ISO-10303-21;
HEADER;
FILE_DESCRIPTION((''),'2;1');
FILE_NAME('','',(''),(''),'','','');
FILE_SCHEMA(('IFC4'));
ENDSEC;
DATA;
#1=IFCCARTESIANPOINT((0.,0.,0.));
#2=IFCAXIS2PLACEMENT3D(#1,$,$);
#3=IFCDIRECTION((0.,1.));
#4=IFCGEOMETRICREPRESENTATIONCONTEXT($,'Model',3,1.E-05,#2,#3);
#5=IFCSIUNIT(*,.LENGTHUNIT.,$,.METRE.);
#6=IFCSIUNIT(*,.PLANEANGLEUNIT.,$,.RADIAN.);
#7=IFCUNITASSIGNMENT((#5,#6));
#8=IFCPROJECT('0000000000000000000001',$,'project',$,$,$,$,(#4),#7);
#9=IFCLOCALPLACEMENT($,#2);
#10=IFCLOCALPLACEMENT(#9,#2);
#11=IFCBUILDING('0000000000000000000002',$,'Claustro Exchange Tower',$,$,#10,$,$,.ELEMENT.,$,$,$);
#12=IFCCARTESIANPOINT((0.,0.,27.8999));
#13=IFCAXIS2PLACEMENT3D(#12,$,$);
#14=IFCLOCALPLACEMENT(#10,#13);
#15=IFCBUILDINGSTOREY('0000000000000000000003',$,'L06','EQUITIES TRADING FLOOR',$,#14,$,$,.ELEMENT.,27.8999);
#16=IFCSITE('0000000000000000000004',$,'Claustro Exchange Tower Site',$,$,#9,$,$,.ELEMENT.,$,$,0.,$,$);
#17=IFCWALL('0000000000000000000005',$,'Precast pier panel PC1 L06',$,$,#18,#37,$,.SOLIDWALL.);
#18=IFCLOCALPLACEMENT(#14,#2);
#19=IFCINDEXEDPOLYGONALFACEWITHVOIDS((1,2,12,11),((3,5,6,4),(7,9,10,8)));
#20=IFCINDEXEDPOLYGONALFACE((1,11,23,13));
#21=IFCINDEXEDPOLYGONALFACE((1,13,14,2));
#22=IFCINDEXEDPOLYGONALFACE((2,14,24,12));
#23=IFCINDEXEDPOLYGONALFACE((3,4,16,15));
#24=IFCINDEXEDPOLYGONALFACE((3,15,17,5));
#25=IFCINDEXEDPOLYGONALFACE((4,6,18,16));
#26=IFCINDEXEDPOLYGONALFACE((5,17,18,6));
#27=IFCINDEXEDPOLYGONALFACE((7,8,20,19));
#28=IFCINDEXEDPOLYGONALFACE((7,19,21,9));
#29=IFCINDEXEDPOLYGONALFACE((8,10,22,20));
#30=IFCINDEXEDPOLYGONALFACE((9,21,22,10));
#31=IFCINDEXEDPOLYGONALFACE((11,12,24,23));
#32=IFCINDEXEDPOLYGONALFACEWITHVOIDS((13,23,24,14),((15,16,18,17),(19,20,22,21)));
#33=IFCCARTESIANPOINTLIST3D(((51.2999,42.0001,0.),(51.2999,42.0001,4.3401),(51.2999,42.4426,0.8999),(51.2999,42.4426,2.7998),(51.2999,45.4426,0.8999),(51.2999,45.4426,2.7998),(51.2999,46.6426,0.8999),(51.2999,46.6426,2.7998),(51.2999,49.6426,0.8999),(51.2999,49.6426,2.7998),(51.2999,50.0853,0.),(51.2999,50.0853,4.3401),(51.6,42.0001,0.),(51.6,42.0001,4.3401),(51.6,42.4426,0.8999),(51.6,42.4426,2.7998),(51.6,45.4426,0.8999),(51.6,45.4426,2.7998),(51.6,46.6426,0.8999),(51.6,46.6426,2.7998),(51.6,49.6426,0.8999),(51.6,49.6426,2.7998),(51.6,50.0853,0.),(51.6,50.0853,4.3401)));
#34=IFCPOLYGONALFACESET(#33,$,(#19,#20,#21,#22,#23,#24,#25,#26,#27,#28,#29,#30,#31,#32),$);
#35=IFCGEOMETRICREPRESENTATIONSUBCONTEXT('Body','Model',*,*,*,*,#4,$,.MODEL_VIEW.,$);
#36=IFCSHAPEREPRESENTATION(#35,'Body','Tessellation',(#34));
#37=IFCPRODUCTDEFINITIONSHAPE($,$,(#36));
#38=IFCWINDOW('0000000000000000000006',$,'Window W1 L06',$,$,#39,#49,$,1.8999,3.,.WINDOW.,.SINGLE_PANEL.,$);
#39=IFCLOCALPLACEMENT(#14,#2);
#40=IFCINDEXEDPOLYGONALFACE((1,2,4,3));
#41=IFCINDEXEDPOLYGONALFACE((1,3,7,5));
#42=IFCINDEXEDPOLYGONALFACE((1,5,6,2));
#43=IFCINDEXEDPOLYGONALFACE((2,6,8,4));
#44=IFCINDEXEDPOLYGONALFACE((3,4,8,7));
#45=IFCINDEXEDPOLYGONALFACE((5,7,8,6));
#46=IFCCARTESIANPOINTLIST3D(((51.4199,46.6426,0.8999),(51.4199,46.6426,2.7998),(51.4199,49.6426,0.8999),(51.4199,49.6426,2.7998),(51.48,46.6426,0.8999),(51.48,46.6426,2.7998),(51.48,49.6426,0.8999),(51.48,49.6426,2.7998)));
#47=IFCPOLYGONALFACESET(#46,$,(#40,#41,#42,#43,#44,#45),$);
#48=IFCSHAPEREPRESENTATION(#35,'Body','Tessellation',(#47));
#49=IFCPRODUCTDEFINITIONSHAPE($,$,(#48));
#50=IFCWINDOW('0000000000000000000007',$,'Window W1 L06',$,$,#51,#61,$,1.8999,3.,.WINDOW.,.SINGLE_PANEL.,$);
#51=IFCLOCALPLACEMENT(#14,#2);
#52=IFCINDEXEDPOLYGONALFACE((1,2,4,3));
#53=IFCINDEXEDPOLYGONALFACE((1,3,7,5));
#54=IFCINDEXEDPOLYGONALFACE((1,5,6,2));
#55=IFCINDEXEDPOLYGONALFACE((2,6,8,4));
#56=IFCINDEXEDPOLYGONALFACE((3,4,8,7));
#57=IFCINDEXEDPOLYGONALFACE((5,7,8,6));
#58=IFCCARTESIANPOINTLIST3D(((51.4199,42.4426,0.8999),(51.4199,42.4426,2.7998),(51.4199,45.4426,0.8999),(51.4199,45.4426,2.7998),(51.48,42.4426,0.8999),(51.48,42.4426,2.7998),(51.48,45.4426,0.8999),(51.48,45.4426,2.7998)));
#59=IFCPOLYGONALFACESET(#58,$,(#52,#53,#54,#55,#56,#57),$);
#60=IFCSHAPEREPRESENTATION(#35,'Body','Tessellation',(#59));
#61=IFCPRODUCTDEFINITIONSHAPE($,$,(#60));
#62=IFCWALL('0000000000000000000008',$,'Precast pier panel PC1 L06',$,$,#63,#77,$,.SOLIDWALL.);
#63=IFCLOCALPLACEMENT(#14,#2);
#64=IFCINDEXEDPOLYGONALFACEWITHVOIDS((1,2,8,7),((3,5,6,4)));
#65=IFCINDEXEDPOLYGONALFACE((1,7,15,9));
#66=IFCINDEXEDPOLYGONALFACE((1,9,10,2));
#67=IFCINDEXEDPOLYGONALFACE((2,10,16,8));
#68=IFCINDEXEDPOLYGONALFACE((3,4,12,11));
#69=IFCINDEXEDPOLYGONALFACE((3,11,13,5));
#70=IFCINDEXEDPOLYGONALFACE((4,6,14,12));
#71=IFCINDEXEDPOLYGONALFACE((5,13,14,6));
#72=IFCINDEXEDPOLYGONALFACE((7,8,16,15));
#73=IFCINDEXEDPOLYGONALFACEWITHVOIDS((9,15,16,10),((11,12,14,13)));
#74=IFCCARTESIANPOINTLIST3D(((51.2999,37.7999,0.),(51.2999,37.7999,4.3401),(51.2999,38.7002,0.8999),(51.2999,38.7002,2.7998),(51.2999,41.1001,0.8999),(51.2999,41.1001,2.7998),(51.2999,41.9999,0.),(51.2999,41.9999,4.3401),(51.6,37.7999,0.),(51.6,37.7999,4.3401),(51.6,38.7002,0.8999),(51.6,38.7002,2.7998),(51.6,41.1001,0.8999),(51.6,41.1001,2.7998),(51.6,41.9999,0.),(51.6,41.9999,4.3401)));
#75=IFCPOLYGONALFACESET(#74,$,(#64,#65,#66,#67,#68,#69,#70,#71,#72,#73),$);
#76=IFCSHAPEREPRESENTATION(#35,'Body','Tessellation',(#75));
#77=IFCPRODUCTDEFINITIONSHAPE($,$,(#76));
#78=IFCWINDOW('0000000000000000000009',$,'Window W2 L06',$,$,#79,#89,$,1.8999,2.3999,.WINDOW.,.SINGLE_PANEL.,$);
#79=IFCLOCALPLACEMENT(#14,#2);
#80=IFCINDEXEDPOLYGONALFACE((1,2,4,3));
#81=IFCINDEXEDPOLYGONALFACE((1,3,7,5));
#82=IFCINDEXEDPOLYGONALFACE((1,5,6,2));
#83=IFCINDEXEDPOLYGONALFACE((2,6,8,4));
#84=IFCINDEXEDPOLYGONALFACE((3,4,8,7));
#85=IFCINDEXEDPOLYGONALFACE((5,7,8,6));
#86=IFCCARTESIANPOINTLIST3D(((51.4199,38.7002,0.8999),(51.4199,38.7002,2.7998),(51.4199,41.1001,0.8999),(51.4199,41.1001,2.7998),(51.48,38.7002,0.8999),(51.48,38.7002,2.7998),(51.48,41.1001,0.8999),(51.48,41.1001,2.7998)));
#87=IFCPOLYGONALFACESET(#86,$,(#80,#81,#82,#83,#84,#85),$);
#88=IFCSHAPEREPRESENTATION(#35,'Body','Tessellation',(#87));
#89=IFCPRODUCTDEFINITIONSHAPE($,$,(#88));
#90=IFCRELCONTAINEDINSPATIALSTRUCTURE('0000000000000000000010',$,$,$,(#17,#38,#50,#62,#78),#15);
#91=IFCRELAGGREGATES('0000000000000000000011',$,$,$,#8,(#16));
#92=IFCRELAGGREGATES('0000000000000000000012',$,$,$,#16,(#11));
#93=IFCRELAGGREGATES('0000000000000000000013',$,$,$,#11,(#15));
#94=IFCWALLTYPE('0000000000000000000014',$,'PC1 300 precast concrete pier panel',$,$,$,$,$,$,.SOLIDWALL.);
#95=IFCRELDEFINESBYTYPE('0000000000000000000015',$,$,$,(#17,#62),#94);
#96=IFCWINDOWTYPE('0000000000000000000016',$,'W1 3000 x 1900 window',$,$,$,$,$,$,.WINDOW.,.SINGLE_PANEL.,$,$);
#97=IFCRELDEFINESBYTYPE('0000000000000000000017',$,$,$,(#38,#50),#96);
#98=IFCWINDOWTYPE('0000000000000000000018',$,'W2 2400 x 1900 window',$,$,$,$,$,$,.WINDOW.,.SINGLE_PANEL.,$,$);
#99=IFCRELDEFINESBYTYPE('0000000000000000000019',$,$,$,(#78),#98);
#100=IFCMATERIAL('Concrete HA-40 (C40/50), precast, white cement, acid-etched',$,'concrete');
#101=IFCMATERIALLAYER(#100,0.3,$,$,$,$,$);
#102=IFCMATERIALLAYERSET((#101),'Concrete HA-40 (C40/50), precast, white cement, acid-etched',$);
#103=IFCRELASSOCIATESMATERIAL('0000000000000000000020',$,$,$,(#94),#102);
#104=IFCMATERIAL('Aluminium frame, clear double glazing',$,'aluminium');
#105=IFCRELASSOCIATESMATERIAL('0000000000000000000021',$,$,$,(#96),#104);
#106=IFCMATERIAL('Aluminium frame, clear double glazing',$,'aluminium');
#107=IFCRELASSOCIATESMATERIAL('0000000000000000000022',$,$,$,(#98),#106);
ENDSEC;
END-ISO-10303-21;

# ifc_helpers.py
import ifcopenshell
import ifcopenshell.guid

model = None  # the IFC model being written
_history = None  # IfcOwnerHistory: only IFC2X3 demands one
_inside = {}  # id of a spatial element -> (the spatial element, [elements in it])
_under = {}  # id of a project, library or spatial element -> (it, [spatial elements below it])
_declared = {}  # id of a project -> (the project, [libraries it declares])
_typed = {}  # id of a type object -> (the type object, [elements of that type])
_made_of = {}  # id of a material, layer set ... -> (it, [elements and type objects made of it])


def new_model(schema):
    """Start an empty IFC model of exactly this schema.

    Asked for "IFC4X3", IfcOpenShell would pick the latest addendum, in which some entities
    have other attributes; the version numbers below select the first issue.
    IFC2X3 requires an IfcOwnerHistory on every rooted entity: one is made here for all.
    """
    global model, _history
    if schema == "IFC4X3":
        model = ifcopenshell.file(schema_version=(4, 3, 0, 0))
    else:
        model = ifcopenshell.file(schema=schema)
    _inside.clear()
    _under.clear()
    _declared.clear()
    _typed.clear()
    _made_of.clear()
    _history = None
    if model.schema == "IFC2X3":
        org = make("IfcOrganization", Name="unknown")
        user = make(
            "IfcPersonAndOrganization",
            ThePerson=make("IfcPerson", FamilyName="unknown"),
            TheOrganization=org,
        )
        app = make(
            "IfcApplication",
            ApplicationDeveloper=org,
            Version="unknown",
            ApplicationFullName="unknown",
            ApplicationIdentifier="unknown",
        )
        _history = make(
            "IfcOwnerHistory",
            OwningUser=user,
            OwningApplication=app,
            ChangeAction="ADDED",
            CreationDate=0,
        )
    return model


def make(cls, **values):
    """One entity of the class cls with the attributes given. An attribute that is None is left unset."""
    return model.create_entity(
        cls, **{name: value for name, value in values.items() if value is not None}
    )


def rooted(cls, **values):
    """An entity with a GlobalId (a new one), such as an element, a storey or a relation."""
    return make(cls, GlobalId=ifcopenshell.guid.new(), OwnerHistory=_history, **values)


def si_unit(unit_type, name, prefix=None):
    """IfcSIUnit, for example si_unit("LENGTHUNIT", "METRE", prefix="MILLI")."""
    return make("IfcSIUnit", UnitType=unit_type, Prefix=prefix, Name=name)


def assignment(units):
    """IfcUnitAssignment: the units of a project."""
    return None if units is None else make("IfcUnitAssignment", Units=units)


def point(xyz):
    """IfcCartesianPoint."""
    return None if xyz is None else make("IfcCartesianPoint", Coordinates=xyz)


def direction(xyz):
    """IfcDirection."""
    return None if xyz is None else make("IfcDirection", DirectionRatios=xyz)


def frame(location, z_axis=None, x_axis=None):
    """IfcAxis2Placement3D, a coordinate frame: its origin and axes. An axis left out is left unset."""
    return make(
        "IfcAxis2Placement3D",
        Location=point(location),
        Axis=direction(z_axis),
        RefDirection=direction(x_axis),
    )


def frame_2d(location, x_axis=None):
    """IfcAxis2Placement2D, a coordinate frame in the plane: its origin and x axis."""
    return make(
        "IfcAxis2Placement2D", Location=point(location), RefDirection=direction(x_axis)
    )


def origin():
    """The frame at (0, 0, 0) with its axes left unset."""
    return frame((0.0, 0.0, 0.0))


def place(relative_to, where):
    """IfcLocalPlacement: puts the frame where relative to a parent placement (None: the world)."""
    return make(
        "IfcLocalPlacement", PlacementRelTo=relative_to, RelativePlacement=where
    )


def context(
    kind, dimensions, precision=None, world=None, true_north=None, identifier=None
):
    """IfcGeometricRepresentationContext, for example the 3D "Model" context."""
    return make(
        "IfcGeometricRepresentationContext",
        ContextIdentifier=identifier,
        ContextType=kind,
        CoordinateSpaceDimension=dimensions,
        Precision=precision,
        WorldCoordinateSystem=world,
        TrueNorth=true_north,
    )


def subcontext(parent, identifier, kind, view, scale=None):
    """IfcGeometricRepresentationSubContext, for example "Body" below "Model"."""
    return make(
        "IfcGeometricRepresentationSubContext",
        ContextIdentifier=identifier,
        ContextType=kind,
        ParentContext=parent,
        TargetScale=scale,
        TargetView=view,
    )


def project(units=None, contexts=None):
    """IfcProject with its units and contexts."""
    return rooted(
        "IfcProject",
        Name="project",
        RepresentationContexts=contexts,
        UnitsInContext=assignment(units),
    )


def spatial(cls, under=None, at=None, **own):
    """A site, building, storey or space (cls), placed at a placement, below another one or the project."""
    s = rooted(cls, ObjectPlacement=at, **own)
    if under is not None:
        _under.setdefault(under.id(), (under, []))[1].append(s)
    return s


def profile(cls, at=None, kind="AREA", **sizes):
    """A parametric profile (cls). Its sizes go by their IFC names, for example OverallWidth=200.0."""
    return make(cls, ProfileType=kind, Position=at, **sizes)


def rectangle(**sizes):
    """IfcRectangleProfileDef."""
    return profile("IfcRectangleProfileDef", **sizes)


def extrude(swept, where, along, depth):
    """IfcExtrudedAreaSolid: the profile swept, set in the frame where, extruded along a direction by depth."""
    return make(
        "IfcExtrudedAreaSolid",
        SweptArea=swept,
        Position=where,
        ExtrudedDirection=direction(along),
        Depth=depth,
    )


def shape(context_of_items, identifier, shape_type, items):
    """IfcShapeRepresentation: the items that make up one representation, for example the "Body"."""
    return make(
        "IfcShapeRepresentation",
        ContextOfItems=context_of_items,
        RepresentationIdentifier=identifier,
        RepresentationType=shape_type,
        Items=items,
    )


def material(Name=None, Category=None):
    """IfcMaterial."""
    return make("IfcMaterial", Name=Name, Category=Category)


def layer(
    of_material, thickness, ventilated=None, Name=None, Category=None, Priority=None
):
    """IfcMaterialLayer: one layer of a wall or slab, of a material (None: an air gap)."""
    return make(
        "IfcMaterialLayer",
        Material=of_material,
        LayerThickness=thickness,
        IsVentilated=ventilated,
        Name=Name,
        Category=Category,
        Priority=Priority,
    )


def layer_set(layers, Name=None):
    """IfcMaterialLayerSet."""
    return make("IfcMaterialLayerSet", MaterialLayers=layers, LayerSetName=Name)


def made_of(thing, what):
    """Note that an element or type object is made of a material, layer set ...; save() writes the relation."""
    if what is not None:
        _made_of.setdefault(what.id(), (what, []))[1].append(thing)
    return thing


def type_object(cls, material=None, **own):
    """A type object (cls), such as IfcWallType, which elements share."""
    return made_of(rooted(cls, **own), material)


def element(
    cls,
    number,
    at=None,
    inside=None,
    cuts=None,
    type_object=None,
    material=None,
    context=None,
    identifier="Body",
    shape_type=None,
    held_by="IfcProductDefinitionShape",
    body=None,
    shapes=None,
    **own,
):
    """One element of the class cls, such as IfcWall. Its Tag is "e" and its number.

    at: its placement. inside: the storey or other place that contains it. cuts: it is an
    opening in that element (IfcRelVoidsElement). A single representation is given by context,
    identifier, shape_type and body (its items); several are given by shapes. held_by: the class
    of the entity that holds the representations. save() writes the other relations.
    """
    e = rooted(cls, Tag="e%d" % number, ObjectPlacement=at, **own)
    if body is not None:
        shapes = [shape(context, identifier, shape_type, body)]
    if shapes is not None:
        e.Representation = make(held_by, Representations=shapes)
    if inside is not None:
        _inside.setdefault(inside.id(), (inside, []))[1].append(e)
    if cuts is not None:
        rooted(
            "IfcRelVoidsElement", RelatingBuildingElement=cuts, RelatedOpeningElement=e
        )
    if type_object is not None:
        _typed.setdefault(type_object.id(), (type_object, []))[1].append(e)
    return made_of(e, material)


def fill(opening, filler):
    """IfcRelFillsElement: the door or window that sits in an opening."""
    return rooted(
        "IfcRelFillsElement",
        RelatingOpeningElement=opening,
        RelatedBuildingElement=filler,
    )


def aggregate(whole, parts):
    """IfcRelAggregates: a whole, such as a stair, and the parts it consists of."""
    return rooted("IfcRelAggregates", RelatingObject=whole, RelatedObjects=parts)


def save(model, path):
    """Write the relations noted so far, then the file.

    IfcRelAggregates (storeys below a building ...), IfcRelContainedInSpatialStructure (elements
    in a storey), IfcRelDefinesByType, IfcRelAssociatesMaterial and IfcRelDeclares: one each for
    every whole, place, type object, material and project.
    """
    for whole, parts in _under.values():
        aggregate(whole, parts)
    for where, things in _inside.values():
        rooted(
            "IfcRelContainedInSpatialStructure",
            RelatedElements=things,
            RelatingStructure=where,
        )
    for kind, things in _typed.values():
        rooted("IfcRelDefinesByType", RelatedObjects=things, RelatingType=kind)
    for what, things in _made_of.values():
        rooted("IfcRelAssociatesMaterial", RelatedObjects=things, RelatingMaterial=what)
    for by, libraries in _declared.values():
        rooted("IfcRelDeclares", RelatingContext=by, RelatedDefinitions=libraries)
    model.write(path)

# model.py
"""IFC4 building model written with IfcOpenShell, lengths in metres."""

from ifc_helpers import new_model, si_unit, direction, frame, frame_2d, origin, place, context, subcontext, project, spatial, rectangle, extrude, material, layer, layer_set, type_object, element, fill, save


model = new_model("IFC4")

# Units and contexts
model_context = context("Model", 3, precision=1e-05, world=origin(), true_north=direction((0.0, 1.0)))
body_context = subcontext(model_context, "Body", "Model", "MODEL_VIEW")
ifc_project = project(units=[si_unit("LENGTHUNIT", "METRE"), si_unit("PLANEANGLEUNIT", "RADIAN")], contexts=[model_context])

# Site, building, storey
site_placement = place(None, origin())
site = spatial("IfcSite", under=ifc_project, at=site_placement, Name="Claustro Exchange Tower Site", CompositionType="ELEMENT", RefElevation=0.0)
building_placement = place(site_placement, origin())
building = spatial("IfcBuilding", under=site, at=building_placement, Name="Claustro Exchange Tower", CompositionType="ELEMENT")
storey_placement = place(building_placement, frame((0.0, 0.0, 27.8999)))
storey = spatial("IfcBuildingStorey", under=building, at=storey_placement, Name="L06", Description="EQUITIES TRADING FLOOR", CompositionType="ELEMENT", Elevation=27.8999)

# Shared definitions
ifc_material_1 = material(Name="Concrete HA-40 (C40/50), precast, white cement, acid-etched", Category="concrete")
ifc_layer_1 = layer(ifc_material_1, 0.3)
ifc_layer_set_1 = layer_set([ifc_layer_1], Name="Concrete HA-40 (C40/50), precast, white cement, acid-etched")
wall_type_1 = type_object("IfcWallType", Name="PC1 300 precast concrete pier panel", PredefinedType="SOLIDWALL", material=ifc_layer_set_1)
ifc_material_2 = material(Name="Aluminium frame, clear double glazing", Category="aluminium")
window_type_1 = type_object("IfcWindowType", Name="W1 3000 x 1900 window", PartitioningType="SINGLE_PANEL", PredefinedType="WINDOW", material=ifc_material_2)

# Wall, openings, windows
wall_1_placement = place(storey_placement, frame((51.45, 50.0852, 0.0), z_axis=(0.0, 0.0, 1.0), x_axis=(0.0, -1.0, 0.0)))
wall_1 = element("IfcWall", 1, at=wall_1_placement, inside=storey, type_object=wall_type_1, Name="Precast pier panel PC1 L06", PredefinedType="SOLIDWALL", context=body_context, shape_type="SweptSolid", body=[
    extrude(rectangle(XDim=8.0852, YDim=0.3, at=frame_2d((4.0425, 0.0))), origin(), (0.0, 0.0, 1.0), 4.3401),
])
opening_1_placement = place(wall_1_placement, frame((0.4426, 0.0, 0.8999)))
opening_1 = element("IfcOpeningElement", 2, at=opening_1_placement, cuts=wall_1, PredefinedType="OPENING", context=body_context, shape_type="SweptSolid", body=[
    extrude(rectangle(XDim=3.0, YDim=1.8999, at=frame_2d((1.5, 0.95))), frame((0.0, 0.1599, 0.0), z_axis=(0.0, -1.0, 0.0), x_axis=(1.0, 0.0, 0.0)), (0.0, 0.0, 1.0), 0.3201),
])
opening_2_placement = place(wall_1_placement, frame((4.6426, 0.0, 0.8999)))
opening_2 = element("IfcOpeningElement", 3, at=opening_2_placement, cuts=wall_1, PredefinedType="OPENING", context=body_context, shape_type="SweptSolid", body=[
    extrude(rectangle(XDim=3.0, YDim=1.8999, at=frame_2d((1.5, 0.95))), frame((0.0, 0.1599, 0.0), z_axis=(0.0, -1.0, 0.0), x_axis=(1.0, 0.0, 0.0)), (0.0, 0.0, 1.0), 0.3201),
])
window_1_placement = place(opening_1_placement, origin())
window_1 = element("IfcWindow", 4, at=window_1_placement, inside=storey, type_object=window_type_1, Name="Window W1 L06", OverallHeight=1.8999, OverallWidth=3.0, PartitioningType="SINGLE_PANEL", PredefinedType="WINDOW", context=body_context, shape_type="SweptSolid", body=[
    extrude(rectangle(XDim=3.0, YDim=1.8999, at=frame_2d((1.5, 0.95))), frame((0.0, 0.03, 0.0), z_axis=(0.0, -1.0, 0.0), x_axis=(1.0, 0.0, 0.0)), (0.0, 0.0, 1.0), 0.0601),
])
fill(opening_1, window_1)
window_2_placement = place(opening_2_placement, origin())
window_2 = element("IfcWindow", 5, at=window_2_placement, inside=storey, type_object=window_type_1, Name="Window W1 L06", OverallHeight=1.8999, OverallWidth=3.0, PartitioningType="SINGLE_PANEL", PredefinedType="WINDOW", context=body_context, shape_type="SweptSolid", body=[
    extrude(rectangle(XDim=3.0, YDim=1.8999, at=frame_2d((1.5, 0.95))), frame((0.0, 0.03, 0.0), z_axis=(0.0, -1.0, 0.0), x_axis=(1.0, 0.0, 0.0)), (0.0, 0.0, 1.0), 0.0601),
])
fill(opening_2, window_2)

# Wall, opening, window
wall_2_placement = place(storey_placement, frame((51.45, 42.0, 0.0), z_axis=(0.0, 0.0, 1.0), x_axis=(0.0, -1.0, 0.0)))
wall_2 = element("IfcWall", 6, at=wall_2_placement, inside=storey, type_object=wall_type_1, Name="Precast pier panel PC1 L06", PredefinedType="SOLIDWALL", context=body_context, shape_type="SweptSolid", body=[
    extrude(rectangle(XDim=4.2, YDim=0.3, at=frame_2d((2.1001, 0.0))), origin(), (0.0, 0.0, 1.0), 4.3401),
])
opening_3_placement = place(wall_2_placement, frame((0.8999, 0.0, 0.8999)))
opening_3 = element("IfcOpeningElement", 7, at=opening_3_placement, cuts=wall_2, PredefinedType="OPENING", context=body_context, shape_type="SweptSolid", body=[
    extrude(rectangle(XDim=2.3999, YDim=1.8999, at=frame_2d((1.2, 0.95))), frame((0.0, 0.1599, 0.0), z_axis=(0.0, -1.0, 0.0), x_axis=(1.0, 0.0, 0.0)), (0.0, 0.0, 1.0), 0.3201),
])
ifc_material_3 = material(Name="Aluminium frame, clear double glazing", Category="aluminium")
window_type_2 = type_object("IfcWindowType", Name="W2 2400 x 1900 window", PartitioningType="SINGLE_PANEL", PredefinedType="WINDOW", material=ifc_material_3)
window_3_placement = place(opening_3_placement, origin())
window_3 = element("IfcWindow", 8, at=window_3_placement, inside=storey, type_object=window_type_2, Name="Window W2 L06", OverallHeight=1.8999, OverallWidth=2.3999, PartitioningType="SINGLE_PANEL", PredefinedType="WINDOW", context=body_context, shape_type="SweptSolid", body=[
    extrude(rectangle(XDim=2.3999, YDim=1.8999, at=frame_2d((1.2, 0.95))), frame((0.0, 0.03, 0.0), z_axis=(0.0, -1.0, 0.0), x_axis=(1.0, 0.0, 0.0)), (0.0, 0.0, 1.0), 0.0601),
])
fill(opening_3, window_3)

save(model, "model.ifc")
